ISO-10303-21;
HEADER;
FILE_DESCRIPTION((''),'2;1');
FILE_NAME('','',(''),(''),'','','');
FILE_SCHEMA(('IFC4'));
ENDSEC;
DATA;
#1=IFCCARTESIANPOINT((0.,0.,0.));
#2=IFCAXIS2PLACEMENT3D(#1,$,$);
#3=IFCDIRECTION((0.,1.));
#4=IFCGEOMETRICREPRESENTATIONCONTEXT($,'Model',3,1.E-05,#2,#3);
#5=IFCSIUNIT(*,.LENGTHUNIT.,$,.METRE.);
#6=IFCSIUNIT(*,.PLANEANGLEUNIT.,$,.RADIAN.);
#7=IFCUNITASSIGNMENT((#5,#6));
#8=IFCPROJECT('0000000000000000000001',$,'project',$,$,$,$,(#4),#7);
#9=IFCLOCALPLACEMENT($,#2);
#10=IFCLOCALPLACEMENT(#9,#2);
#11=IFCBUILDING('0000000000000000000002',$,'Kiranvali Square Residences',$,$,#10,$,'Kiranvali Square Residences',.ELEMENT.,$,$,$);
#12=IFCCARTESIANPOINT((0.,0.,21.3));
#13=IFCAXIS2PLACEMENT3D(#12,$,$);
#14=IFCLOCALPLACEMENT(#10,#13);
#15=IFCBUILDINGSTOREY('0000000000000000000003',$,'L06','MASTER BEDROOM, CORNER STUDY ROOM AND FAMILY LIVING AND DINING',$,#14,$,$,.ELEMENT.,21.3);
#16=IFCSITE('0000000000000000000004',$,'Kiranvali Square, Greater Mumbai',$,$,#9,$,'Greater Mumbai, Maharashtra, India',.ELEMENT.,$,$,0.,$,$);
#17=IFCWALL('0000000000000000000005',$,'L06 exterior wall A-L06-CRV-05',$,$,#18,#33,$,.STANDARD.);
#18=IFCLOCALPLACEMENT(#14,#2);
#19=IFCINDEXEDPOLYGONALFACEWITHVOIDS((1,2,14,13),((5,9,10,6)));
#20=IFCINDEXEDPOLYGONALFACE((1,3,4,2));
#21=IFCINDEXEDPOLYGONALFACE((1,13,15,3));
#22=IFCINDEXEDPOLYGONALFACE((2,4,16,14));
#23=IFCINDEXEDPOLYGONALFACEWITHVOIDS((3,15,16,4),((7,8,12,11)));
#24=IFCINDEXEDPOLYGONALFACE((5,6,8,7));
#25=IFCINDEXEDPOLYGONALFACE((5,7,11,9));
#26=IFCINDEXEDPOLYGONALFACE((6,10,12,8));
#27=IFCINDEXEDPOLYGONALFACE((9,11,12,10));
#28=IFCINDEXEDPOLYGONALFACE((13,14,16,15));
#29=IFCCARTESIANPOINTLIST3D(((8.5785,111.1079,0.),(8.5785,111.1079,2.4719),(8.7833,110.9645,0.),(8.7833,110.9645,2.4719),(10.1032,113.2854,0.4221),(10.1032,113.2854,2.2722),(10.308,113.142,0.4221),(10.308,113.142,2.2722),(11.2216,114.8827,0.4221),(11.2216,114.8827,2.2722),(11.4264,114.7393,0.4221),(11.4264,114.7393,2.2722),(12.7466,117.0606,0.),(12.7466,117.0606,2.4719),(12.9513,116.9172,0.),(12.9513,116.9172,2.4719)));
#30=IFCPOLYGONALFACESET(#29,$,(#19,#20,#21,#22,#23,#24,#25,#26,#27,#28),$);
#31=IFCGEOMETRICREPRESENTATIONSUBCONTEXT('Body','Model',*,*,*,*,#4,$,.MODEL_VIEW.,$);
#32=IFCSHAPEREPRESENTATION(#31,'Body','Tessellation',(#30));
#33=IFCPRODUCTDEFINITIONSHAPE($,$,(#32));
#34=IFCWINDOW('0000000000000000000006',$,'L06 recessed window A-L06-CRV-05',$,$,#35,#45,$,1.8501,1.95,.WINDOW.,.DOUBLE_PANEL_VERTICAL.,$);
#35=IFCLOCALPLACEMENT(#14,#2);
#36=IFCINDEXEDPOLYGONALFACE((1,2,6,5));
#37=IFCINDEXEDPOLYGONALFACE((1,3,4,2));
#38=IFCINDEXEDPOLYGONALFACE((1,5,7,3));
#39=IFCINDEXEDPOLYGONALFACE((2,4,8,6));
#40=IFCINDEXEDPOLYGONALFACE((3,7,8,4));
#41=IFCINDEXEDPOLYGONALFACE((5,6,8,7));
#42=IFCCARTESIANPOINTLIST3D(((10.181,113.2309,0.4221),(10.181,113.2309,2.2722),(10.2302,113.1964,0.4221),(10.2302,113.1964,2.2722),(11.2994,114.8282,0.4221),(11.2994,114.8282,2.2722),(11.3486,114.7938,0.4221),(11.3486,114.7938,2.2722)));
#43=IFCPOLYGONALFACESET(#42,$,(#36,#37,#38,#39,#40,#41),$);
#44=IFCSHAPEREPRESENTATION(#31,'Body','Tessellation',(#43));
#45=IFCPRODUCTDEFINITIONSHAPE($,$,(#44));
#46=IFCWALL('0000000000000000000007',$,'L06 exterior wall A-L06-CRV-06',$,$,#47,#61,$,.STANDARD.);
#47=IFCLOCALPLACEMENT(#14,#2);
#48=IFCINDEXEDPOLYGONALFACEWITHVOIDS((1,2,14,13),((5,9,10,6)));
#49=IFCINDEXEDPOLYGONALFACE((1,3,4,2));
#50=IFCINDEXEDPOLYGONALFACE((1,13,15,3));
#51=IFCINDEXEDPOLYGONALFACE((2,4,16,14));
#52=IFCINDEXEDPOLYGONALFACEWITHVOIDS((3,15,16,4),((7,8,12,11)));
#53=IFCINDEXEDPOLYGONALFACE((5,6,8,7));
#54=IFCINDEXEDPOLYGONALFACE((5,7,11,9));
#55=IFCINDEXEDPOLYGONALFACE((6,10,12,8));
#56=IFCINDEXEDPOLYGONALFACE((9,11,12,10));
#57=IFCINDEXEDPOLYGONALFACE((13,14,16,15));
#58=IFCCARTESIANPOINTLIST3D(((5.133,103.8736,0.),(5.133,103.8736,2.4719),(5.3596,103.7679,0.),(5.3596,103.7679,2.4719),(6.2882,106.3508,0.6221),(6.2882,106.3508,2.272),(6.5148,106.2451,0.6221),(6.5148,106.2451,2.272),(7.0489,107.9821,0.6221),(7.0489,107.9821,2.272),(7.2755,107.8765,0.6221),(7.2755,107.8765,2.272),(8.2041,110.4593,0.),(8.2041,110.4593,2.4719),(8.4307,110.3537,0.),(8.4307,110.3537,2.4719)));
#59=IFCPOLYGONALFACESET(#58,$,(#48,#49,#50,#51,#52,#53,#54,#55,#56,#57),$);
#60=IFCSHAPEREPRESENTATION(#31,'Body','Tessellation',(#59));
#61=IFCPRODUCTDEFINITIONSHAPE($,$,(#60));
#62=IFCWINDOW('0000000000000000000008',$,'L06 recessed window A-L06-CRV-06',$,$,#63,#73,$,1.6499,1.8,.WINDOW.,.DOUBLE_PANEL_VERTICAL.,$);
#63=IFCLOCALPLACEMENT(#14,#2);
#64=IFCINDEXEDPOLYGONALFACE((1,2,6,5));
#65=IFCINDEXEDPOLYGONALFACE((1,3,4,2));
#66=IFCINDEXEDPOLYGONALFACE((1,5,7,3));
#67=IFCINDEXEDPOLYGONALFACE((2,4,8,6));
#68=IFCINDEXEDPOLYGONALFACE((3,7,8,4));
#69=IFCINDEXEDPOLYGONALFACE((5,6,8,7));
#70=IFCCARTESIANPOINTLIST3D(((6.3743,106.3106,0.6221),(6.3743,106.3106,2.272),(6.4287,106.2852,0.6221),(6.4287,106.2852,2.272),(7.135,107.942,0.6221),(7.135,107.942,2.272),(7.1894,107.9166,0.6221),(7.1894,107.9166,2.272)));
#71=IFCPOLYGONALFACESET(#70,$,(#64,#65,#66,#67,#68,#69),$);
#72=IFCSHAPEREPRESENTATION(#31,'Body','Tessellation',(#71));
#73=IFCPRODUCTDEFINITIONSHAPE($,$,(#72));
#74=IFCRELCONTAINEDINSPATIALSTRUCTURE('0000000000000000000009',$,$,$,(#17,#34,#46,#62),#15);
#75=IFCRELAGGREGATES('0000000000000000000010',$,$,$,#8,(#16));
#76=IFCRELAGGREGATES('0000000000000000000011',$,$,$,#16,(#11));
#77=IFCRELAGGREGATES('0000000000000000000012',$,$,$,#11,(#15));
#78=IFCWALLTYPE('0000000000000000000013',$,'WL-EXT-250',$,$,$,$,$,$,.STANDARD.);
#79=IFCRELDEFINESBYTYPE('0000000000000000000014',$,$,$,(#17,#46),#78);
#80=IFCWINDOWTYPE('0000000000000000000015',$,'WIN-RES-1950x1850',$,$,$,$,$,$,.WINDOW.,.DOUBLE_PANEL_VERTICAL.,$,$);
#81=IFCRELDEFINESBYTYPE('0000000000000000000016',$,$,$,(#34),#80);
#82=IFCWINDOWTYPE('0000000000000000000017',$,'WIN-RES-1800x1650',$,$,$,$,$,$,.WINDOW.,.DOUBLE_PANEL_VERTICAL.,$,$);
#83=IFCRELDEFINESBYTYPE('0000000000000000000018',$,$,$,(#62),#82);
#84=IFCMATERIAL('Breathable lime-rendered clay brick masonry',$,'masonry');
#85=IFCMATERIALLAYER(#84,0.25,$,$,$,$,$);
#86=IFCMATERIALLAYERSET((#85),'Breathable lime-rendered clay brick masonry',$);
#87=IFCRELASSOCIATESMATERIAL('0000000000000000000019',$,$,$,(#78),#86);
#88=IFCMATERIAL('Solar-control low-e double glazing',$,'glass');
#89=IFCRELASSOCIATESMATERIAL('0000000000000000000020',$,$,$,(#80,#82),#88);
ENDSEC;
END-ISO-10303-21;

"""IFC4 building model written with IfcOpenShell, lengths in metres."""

from ifc_helpers import new_model, si_unit, direction, frame, frame_2d, origin, place, context, subcontext, project, spatial, rectangle, extrude, material, layer, layer_set, type_object, element, fill, save


model = new_model("IFC4")

# Units and contexts
model_context = context("Model", 3, precision=1e-05, world=origin(), true_north=direction((0.0, 1.0)))
body_context = subcontext(model_context, "Body", "Model", "MODEL_VIEW")
ifc_project = project(units=[si_unit("LENGTHUNIT", "METRE"), si_unit("PLANEANGLEUNIT", "RADIAN")], contexts=[model_context])

# Site, building, storey
site_placement = place(None, origin())
site = spatial("IfcSite", under=ifc_project, at=site_placement, Name="Kiranvali Square, Greater Mumbai", LongName="Greater Mumbai, Maharashtra, India", CompositionType="ELEMENT", RefElevation=0.0)
building_placement = place(site_placement, origin())
building = spatial("IfcBuilding", under=site, at=building_placement, Name="Kiranvali Square Residences", LongName="Kiranvali Square Residences", CompositionType="ELEMENT")
storey_placement = place(building_placement, frame((0.0, 0.0, 21.3)))
storey = spatial("IfcBuildingStorey", under=building, at=storey_placement, Name="L06", Description="MASTER BEDROOM, CORNER STUDY ROOM AND FAMILY LIVING AND DINING", CompositionType="ELEMENT", Elevation=21.3)

# Shared definitions
ifc_material_1 = material(Name="Breathable lime-rendered clay brick masonry", Category="masonry")
ifc_layer = layer(ifc_material_1, 0.25)
ifc_layer_set = layer_set([ifc_layer], Name="Breathable lime-rendered clay brick masonry")
wall_type = type_object("IfcWallType", Name="WL-EXT-250", PredefinedType="STANDARD", material=ifc_layer_set)
ifc_material_2 = material(Name="Solar-control low-e double glazing", Category="glass")

# Walls, openings, windows
wall_1_placement = place(storey_placement, frame((12.8489, 116.9888, 0.0), z_axis=(0.0, 0.0, 1.0), x_axis=(-0.573566, -0.819159, 0.0)))
wall_1 = element("IfcWall", 1, at=wall_1_placement, inside=storey, type_object=wall_type, Name="L06 exterior wall A-L06-CRV-05", PredefinedType="STANDARD", context=body_context, shape_type="SweptSolid", body=[
    extrude(rectangle(XDim=7.2668, YDim=0.25, at=frame_2d((3.6333, 0.0))), origin(), (0.0, 0.0, 1.0), 2.4719),
])
opening_1_placement = place(wall_1_placement, frame((2.6584, 0.0, 0.4221)))
opening_1 = element("IfcOpeningElement", 2, at=opening_1_placement, cuts=wall_1, PredefinedType="OPENING", context=body_context, shape_type="SweptSolid", body=[
    extrude(rectangle(XDim=1.95, YDim=1.8501, at=frame_2d((0.9751, 0.925))), frame((0.0, 0.135, 0.0), z_axis=(0.0, -1.0, 0.0), x_axis=(1.0, 0.0, 0.0)), (0.0, 0.0, 1.0), 0.27),
])
window_type_1 = type_object("IfcWindowType", Name="WIN-RES-1950x1850", PartitioningType="DOUBLE_PANEL_VERTICAL", PredefinedType="WINDOW", material=ifc_material_2)
window_1_placement = place(opening_1_placement, origin())
window_1 = element("IfcWindow", 3, at=window_1_placement, inside=storey, type_object=window_type_1, Name="L06 recessed window A-L06-CRV-05", OverallHeight=1.8501, OverallWidth=1.95, PartitioningType="DOUBLE_PANEL_VERTICAL", PredefinedType="WINDOW", context=body_context, shape_type="SweptSolid", body=[
    extrude(rectangle(XDim=1.95, YDim=1.8501, at=frame_2d((0.9751, 0.925))), frame((0.0, 0.03, 0.0), z_axis=(0.0, -1.0, 0.0), x_axis=(1.0, 0.0, 0.0)), (0.0, 0.0, 1.0), 0.0601),
])
fill(opening_1, window_1)
wall_2_placement = place(storey_placement, frame((8.3174, 110.4065, 0.0), z_axis=(0.0, 0.0, 1.0), x_axis=(-0.422628, -0.906303, 0.0)))
wall_2 = element("IfcWall", 4, at=wall_2_placement, inside=storey, type_object=wall_type, Name="L06 exterior wall A-L06-CRV-06", PredefinedType="STANDARD", context=body_context, shape_type="SweptSolid", body=[
    extrude(rectangle(XDim=7.2666, YDim=0.25, at=frame_2d((3.6333, 0.0))), origin(), (0.0, 0.0, 1.0), 2.4719),
])
opening_2_placement = place(wall_2_placement, frame((2.7334, 0.0, 0.6221)))
opening_2 = element("IfcOpeningElement", 5, at=opening_2_placement, cuts=wall_2, PredefinedType="OPENING", context=body_context, shape_type="SweptSolid", body=[
    extrude(rectangle(XDim=1.8, YDim=1.6499, at=frame_2d((0.8999, 0.825))), frame((0.0, 0.135, 0.0), z_axis=(0.0, -1.0, 0.0), x_axis=(1.0, 0.0, 0.0)), (0.0, 0.0, 1.0), 0.27),
])
window_type_2 = type_object("IfcWindowType", Name="WIN-RES-1800x1650", PartitioningType="DOUBLE_PANEL_VERTICAL", PredefinedType="WINDOW", material=ifc_material_2)
window_2_placement = place(opening_2_placement, origin())
window_2 = element("IfcWindow", 6, at=window_2_placement, inside=storey, type_object=window_type_2, Name="L06 recessed window A-L06-CRV-06", OverallHeight=1.6499, OverallWidth=1.8, PartitioningType="DOUBLE_PANEL_VERTICAL", PredefinedType="WINDOW", context=body_context, shape_type="SweptSolid", body=[
    extrude(rectangle(XDim=1.8, YDim=1.6499, at=frame_2d((0.8999, 0.825))), frame((0.0, 0.03, 0.0), z_axis=(0.0, -1.0, 0.0), x_axis=(1.0, 0.0, 0.0)), (0.0, 0.0, 1.0), 0.0601),
])
fill(opening_2, window_2)

save(model, "model.ifc")
